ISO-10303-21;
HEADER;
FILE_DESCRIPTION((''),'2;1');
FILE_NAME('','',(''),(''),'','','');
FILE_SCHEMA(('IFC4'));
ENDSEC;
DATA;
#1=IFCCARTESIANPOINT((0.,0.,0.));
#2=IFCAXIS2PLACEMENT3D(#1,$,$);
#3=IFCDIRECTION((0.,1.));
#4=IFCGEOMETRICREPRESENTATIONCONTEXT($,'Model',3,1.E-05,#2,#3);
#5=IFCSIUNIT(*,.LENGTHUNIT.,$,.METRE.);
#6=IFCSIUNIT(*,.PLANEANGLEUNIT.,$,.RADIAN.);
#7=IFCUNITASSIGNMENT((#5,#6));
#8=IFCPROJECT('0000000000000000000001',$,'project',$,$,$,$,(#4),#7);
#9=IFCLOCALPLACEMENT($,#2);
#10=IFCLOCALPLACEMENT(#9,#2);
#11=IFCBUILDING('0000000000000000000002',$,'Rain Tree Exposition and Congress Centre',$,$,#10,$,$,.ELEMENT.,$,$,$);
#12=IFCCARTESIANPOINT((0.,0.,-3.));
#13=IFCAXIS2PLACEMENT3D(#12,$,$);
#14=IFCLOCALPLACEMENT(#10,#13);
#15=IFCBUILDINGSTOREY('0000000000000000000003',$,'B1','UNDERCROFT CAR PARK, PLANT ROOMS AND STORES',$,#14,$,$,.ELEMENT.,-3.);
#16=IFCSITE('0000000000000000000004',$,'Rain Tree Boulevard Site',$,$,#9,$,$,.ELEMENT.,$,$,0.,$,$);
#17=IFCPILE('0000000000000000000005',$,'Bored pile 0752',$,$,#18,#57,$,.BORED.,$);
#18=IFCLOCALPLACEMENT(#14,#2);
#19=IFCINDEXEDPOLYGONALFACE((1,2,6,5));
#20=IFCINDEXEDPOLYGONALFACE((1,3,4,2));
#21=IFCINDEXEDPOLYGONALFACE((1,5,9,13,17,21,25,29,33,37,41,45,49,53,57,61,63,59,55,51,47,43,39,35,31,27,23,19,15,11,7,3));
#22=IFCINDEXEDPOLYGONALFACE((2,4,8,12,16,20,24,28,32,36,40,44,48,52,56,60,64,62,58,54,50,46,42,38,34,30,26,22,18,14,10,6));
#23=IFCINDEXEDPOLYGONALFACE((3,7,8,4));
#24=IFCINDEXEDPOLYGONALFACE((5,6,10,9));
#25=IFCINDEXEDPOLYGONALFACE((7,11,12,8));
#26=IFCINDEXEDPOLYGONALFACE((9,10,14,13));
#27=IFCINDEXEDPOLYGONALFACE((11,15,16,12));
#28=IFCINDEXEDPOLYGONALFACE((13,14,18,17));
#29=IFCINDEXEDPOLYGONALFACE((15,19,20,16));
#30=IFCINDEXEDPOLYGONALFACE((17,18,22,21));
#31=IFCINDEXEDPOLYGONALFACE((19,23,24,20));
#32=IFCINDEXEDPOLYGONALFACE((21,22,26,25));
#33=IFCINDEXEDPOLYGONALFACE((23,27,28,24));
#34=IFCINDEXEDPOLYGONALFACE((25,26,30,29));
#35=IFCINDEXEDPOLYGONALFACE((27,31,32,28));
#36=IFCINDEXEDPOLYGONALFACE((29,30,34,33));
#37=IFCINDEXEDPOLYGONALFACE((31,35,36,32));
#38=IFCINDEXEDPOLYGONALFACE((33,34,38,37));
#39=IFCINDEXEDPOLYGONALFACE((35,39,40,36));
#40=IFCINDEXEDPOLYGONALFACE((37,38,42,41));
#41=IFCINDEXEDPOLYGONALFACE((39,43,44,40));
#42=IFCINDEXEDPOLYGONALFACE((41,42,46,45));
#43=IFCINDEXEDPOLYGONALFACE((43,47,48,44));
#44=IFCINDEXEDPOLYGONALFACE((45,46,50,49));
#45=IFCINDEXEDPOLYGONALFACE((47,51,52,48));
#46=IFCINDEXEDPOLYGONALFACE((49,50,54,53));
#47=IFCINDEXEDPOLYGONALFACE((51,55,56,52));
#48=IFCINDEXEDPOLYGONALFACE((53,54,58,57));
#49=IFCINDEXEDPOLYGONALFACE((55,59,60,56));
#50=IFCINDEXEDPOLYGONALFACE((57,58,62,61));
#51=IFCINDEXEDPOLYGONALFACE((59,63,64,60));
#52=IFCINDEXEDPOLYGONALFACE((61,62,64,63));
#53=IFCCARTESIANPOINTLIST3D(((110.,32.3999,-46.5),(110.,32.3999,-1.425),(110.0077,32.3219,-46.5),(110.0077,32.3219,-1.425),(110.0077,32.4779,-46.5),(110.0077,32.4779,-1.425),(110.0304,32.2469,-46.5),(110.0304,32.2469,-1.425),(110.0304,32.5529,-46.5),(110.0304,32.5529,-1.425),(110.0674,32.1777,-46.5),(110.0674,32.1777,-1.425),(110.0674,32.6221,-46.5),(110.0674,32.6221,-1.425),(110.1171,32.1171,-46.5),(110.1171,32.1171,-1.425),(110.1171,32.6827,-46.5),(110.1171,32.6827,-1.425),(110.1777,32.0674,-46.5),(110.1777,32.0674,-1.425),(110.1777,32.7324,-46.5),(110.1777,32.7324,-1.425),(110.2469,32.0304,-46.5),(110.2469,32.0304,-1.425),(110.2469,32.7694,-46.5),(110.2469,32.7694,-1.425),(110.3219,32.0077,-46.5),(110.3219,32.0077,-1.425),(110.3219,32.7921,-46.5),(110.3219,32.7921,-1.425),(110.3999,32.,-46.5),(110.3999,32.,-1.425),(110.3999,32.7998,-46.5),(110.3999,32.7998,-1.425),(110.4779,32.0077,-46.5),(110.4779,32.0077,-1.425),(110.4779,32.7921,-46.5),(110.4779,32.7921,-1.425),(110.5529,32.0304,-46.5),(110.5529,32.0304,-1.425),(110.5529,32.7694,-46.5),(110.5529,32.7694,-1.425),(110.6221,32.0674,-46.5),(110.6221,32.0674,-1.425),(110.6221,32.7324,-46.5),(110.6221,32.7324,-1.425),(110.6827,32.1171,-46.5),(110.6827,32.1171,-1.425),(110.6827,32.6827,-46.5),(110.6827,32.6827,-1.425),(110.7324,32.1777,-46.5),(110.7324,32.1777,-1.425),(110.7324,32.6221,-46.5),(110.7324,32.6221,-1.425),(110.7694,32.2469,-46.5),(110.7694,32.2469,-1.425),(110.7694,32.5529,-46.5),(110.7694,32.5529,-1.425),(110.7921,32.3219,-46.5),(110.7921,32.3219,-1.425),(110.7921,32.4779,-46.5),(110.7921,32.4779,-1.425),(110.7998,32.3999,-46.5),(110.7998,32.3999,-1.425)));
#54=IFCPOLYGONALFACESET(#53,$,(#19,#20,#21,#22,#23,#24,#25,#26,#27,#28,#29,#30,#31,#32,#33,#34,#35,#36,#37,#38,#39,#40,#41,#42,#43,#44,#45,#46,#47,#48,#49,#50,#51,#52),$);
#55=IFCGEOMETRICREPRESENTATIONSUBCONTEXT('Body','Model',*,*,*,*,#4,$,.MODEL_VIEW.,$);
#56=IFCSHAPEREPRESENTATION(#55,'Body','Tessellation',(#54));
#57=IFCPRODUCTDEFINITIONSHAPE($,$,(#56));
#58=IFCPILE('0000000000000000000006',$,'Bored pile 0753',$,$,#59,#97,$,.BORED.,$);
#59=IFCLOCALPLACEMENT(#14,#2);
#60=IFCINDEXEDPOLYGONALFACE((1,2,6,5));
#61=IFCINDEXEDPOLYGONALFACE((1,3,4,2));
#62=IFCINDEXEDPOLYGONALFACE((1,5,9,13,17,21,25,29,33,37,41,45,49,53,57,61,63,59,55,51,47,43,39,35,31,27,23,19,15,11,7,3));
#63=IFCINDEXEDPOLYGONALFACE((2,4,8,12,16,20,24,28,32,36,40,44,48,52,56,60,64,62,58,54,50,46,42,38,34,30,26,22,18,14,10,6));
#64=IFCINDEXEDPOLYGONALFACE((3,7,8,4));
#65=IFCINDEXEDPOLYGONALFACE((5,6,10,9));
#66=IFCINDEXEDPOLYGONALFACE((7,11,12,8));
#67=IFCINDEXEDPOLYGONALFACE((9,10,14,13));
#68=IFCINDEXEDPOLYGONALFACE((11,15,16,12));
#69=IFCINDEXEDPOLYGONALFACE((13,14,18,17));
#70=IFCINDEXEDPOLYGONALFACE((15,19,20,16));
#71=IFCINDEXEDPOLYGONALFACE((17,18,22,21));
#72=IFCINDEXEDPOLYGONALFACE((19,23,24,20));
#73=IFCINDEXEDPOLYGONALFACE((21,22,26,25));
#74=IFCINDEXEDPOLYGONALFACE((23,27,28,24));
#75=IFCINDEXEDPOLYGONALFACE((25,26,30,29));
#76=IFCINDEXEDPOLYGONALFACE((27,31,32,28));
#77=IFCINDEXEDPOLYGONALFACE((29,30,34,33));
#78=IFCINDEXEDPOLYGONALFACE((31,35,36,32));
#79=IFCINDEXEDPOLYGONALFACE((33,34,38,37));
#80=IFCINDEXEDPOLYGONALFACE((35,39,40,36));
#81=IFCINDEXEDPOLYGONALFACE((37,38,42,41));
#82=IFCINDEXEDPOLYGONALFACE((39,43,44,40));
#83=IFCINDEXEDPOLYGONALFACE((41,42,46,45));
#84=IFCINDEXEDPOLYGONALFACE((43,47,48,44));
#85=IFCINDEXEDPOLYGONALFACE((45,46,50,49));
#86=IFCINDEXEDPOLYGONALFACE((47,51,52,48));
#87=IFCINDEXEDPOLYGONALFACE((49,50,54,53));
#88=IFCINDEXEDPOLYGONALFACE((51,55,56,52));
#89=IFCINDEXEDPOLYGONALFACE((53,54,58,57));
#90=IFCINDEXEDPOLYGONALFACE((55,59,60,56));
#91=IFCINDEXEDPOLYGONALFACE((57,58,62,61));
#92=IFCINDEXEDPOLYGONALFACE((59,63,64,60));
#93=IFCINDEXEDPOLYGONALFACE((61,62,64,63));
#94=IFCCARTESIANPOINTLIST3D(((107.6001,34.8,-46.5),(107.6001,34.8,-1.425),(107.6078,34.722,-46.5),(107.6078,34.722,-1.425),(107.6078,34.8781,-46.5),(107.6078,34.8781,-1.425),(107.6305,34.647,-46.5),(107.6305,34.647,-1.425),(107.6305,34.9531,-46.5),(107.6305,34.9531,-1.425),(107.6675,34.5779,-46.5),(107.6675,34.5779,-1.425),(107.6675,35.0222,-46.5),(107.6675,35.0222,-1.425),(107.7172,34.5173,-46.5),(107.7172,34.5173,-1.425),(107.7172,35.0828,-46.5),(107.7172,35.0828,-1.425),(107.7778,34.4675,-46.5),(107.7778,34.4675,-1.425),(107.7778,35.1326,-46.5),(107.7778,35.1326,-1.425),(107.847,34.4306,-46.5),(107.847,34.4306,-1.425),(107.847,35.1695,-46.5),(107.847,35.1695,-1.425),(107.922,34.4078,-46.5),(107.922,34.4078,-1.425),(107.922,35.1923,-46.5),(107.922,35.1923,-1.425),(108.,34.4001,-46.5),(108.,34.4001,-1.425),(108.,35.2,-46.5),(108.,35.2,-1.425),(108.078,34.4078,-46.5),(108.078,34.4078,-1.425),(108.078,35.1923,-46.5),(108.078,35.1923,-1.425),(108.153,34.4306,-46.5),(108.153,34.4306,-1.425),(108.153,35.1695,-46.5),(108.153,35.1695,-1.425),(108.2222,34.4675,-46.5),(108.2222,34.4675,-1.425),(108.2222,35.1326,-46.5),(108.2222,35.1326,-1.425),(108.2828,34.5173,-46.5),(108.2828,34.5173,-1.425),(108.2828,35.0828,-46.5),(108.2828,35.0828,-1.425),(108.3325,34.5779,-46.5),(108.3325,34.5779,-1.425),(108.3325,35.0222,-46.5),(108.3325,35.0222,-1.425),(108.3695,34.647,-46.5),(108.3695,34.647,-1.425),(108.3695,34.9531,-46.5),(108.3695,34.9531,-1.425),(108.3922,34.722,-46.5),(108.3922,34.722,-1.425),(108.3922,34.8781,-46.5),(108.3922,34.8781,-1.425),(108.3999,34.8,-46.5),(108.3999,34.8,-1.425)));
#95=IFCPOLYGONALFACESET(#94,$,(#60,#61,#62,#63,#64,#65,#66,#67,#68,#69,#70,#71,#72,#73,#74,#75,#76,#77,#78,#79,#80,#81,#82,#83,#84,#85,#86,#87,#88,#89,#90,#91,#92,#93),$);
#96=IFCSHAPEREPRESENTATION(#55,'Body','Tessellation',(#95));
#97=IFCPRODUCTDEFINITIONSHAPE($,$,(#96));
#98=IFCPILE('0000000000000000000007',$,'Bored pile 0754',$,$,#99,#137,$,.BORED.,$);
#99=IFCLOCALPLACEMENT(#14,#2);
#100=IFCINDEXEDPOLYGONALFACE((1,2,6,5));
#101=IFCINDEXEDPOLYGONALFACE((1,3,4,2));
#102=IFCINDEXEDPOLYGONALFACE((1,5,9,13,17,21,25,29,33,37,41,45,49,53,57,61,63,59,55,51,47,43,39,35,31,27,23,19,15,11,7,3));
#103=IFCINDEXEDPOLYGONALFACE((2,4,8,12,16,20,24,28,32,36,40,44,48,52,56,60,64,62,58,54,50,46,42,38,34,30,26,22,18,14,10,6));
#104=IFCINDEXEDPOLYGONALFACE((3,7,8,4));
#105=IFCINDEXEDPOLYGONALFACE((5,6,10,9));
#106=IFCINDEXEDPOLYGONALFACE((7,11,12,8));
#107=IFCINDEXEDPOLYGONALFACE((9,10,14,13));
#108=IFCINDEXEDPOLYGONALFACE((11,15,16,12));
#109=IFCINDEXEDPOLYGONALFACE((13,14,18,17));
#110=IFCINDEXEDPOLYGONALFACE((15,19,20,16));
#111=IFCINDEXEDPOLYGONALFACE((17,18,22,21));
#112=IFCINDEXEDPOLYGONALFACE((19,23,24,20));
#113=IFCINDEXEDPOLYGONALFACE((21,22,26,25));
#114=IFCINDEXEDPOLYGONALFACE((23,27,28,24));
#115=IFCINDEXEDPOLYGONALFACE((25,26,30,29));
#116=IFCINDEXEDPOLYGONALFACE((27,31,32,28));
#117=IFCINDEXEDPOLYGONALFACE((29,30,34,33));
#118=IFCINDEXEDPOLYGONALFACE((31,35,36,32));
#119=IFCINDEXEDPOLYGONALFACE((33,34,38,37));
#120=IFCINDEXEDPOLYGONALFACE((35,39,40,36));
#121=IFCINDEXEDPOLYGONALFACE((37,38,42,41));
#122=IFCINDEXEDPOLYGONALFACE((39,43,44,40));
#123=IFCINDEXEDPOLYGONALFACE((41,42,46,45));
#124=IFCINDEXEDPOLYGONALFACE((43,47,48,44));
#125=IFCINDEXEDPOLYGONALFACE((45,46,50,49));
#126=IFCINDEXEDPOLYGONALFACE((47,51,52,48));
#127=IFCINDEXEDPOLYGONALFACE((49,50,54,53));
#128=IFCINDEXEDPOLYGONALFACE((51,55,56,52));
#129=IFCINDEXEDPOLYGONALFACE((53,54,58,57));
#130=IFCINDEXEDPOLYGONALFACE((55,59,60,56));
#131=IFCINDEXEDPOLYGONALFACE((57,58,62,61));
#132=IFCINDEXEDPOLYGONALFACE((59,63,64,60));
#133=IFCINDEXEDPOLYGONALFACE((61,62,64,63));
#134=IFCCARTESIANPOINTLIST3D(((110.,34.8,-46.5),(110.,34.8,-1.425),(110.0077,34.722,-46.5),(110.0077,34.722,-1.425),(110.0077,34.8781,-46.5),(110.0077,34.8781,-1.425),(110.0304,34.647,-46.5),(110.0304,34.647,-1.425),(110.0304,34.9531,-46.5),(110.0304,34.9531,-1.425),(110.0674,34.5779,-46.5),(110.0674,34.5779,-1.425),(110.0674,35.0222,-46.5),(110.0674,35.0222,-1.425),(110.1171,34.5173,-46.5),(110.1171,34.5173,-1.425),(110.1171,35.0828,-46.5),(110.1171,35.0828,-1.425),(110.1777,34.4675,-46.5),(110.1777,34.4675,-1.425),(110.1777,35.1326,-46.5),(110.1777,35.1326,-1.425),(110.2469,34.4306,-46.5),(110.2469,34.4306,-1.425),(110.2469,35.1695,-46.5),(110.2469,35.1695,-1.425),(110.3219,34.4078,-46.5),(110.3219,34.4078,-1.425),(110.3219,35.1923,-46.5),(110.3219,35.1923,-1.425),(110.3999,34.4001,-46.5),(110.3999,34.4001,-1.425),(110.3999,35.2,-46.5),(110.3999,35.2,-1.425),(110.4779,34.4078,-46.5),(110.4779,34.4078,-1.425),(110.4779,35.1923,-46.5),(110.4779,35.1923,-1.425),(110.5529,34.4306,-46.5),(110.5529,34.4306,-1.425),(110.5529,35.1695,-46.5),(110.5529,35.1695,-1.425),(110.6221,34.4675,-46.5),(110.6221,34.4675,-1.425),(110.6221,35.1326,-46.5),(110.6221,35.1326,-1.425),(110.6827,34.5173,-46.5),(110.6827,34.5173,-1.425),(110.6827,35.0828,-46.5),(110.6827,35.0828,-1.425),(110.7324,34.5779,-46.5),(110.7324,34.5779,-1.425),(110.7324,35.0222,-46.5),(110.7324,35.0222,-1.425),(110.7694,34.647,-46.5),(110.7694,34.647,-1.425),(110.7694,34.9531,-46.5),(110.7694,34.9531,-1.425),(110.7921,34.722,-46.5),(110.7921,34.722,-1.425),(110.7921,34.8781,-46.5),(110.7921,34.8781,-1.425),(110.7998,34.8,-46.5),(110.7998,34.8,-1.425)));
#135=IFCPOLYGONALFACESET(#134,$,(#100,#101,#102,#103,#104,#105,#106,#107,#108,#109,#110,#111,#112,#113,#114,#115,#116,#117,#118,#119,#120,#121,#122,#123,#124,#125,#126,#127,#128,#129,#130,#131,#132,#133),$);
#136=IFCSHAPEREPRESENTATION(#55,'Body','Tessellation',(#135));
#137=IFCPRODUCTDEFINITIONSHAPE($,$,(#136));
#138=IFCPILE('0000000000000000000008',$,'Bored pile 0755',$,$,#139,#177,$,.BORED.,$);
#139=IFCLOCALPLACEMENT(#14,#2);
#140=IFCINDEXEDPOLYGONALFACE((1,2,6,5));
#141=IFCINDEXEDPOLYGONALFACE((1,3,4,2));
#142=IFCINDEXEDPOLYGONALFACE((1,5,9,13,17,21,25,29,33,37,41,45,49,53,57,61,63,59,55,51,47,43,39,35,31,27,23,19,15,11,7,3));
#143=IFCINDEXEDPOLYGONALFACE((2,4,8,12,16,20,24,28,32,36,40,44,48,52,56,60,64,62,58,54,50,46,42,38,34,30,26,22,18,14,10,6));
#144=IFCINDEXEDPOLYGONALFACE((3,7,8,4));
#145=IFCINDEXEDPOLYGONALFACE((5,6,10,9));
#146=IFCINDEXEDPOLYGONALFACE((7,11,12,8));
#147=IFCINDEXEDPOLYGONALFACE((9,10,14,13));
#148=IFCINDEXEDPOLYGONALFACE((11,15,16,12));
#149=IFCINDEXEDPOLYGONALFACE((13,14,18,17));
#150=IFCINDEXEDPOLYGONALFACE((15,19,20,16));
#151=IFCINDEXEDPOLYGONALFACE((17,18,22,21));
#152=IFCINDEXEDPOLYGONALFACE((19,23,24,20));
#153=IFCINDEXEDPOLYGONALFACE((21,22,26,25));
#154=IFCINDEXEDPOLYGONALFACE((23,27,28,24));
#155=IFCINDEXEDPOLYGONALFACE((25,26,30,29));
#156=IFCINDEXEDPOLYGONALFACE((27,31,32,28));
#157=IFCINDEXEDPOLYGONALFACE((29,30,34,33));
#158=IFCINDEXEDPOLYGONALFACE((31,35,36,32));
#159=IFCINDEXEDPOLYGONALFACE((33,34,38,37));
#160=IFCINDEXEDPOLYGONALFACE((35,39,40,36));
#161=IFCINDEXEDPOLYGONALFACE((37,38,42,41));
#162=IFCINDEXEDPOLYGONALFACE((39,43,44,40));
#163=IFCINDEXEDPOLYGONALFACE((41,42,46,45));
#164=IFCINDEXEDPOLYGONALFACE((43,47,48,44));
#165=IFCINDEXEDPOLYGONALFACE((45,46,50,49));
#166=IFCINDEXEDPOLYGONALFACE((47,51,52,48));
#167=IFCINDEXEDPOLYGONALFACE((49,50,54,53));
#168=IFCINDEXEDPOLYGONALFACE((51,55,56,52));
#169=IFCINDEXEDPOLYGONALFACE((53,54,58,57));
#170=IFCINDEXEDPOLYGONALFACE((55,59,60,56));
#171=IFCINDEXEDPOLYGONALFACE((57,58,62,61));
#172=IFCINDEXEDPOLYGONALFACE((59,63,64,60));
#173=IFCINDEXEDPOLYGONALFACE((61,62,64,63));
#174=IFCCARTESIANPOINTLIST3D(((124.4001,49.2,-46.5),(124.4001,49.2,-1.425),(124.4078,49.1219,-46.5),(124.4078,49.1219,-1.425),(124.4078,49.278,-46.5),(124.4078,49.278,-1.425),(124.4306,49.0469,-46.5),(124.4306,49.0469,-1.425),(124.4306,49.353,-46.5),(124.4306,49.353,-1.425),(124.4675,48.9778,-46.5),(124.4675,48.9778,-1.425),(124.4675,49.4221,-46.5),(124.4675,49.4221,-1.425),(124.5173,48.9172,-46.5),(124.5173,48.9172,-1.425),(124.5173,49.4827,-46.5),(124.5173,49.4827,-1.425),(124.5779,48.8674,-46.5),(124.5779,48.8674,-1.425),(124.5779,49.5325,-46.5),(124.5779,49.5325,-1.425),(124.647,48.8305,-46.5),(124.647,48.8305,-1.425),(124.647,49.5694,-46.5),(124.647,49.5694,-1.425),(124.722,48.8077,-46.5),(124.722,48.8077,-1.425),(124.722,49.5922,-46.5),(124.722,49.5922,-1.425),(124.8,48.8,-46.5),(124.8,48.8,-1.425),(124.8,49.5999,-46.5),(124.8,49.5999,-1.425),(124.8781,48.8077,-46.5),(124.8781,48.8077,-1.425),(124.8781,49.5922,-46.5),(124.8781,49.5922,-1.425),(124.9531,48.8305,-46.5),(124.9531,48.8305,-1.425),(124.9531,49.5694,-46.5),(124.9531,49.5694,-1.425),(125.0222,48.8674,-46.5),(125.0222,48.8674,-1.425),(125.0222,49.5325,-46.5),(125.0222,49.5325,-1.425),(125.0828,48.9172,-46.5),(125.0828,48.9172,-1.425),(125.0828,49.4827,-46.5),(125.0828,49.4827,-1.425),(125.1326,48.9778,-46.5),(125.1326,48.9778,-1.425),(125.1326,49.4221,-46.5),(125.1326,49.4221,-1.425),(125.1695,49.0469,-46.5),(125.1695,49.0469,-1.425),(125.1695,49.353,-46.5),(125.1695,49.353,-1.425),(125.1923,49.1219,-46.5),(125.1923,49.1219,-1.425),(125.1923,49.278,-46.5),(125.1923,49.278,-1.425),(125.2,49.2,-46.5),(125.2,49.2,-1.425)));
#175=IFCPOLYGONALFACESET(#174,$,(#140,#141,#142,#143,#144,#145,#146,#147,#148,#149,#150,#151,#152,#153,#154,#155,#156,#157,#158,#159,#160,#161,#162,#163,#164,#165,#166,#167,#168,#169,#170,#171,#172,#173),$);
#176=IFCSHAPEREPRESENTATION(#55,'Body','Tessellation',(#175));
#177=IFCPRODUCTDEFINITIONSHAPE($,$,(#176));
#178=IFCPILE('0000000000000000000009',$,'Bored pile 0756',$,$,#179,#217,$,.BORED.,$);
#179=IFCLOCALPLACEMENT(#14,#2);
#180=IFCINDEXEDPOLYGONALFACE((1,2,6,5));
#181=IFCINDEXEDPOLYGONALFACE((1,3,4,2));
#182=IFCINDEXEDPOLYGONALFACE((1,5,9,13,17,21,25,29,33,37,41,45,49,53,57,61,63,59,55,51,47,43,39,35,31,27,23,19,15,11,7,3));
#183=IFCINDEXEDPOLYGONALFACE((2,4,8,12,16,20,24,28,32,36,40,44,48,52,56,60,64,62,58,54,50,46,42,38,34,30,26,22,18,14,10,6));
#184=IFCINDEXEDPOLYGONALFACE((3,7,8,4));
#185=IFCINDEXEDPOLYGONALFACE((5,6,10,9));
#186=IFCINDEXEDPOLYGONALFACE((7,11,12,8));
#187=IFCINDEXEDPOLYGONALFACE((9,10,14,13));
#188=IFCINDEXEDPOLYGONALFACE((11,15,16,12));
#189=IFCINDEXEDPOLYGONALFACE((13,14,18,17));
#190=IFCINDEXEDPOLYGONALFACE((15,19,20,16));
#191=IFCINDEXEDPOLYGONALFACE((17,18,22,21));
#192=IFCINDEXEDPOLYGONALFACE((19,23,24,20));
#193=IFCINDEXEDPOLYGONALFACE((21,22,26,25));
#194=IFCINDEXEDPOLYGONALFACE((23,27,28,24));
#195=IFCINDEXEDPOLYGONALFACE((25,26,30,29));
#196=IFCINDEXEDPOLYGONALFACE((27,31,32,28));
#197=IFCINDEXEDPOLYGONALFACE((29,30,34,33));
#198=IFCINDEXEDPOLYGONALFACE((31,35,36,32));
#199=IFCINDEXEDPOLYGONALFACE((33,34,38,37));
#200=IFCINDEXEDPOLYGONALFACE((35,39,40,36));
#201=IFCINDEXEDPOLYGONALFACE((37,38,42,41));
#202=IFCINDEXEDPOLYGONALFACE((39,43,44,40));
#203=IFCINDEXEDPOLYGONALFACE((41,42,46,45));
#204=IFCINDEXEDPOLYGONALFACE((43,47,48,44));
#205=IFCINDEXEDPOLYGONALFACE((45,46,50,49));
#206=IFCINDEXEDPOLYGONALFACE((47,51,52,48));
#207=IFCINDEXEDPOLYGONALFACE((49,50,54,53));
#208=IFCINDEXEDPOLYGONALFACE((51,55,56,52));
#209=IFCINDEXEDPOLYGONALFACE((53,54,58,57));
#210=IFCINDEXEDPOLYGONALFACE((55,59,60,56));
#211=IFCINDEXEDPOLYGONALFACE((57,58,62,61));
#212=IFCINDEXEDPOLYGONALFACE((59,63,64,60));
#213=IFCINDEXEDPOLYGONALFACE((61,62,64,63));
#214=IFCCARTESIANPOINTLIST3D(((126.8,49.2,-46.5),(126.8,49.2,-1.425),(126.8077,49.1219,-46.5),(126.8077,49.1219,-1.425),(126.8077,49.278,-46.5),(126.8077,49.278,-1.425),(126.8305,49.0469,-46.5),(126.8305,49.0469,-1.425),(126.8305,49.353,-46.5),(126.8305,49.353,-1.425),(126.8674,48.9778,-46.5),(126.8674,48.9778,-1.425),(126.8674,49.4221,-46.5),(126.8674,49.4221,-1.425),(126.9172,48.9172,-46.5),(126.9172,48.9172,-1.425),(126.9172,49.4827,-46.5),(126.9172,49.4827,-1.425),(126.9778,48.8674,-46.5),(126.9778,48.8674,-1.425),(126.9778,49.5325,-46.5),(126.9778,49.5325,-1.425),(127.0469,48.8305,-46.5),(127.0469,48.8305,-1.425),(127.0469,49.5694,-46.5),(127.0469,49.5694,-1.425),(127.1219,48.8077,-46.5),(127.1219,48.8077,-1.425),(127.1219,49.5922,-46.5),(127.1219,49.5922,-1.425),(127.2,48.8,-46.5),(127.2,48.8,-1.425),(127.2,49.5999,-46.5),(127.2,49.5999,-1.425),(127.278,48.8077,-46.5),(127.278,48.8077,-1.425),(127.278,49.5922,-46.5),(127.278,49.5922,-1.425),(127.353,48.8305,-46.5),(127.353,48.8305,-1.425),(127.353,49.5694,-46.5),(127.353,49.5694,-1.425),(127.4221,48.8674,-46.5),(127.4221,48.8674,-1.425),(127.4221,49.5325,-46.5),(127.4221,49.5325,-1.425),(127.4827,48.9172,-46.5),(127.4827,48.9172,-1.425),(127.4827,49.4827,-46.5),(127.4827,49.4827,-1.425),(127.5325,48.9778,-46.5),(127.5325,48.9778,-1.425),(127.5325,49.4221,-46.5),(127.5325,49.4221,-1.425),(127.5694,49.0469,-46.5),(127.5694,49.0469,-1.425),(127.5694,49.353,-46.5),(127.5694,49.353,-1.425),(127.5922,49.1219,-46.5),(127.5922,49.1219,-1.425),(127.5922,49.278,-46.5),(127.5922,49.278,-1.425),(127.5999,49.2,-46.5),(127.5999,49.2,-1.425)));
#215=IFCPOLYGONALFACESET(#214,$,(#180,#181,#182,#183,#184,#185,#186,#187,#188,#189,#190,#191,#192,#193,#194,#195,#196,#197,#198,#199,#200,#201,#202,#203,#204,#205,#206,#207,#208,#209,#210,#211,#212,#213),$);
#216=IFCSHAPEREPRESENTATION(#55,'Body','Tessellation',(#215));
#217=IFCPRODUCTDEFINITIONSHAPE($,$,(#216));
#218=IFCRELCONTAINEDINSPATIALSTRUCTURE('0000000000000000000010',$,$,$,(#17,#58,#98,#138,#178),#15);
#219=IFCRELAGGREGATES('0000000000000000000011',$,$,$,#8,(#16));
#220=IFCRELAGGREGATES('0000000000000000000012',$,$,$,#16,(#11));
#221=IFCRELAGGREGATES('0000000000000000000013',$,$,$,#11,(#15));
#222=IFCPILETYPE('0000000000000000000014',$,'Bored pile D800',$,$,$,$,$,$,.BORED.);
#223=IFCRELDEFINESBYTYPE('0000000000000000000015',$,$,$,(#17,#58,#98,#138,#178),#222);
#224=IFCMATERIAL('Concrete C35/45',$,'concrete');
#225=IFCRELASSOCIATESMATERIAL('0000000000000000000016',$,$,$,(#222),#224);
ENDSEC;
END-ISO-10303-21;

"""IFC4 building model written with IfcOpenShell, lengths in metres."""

from ifc_helpers import new_model, si_unit, direction, frame, origin, origin_2d, place, context, subcontext, project, spatial, circle, extrude, material, material_profile, profile_set, type_object, element, save


model = new_model("IFC4")

# Units and contexts
model_context = context("Model", 3, precision=1e-05, world=origin(), true_north=direction((0.0, 1.0)))
body_context = subcontext(model_context, "Body", "Model", "MODEL_VIEW")
ifc_project = project(units=[si_unit("LENGTHUNIT", "METRE"), si_unit("PLANEANGLEUNIT", "RADIAN")], contexts=[model_context])

# Site, building, storey
site_placement = place(None, origin())
site = spatial("IfcSite", under=ifc_project, at=site_placement, Name="Rain Tree Boulevard Site", CompositionType="ELEMENT", RefElevation=0.0)
building_placement = place(site_placement, origin())
building = spatial("IfcBuilding", under=site, at=building_placement, Name="Rain Tree Exposition and Congress Centre", CompositionType="ELEMENT")
storey_placement = place(building_placement, frame((0.0, 0.0, -3.0)))
storey = spatial("IfcBuildingStorey", under=building, at=storey_placement, Name="B1", Description="UNDERCROFT CAR PARK, PLANT ROOMS AND STORES", CompositionType="ELEMENT", Elevation=-3.0)

# Piles
ifc_material_1 = material(Name="Concrete C35/45", Category="concrete")
ifc_material_profile_1 = material_profile(ifc_material_1, circle(Radius=0.3999, at=origin_2d()), Name="D800")
ifc_profile_set_1 = profile_set([ifc_material_profile_1], Name="Concrete C35/45")
pile_type = type_object("IfcPileType", Name="Bored pile D800", PredefinedType="BORED", material=ifc_profile_set_1)
for number, where, z_axis, x_axis, name in (
    (1, (110.3999, 32.3999, -1.425), (0.0, 0.0, -1.0), (1.0, 0.0, 0.0), "Bored pile 0752"),
    (2, (108.0, 34.8, -1.425), (0.0, 0.0, -1.0), (1.0, 0.0, 0.0), "Bored pile 0753"),
    (3, (110.3999, 34.8, -1.425), (0.0, 0.0, -1.0), (1.0, 0.0, 0.0), "Bored pile 0754"),
    (4, (124.8, 49.2, -1.425), (0.0, 0.0, -1.0), (1.0, 0.0, 0.0), "Bored pile 0755"),
    (5, (127.2, 49.2, -1.425), (0.0, 0.0, -1.0), (1.0, 0.0, 0.0), "Bored pile 0756"),
):
    element("IfcPile", number, at=place(storey_placement, frame(where, z_axis=z_axis, x_axis=x_axis)), inside=storey, type_object=pile_type, Name=name, PredefinedType="BORED", context=body_context, shape_type="SweptSolid", body=[
        extrude(circle(Radius=0.3999, at=origin_2d()), origin(), (0.0, 0.0, 1.0), 45.075),
    ])

save(model, "model.ifc")
